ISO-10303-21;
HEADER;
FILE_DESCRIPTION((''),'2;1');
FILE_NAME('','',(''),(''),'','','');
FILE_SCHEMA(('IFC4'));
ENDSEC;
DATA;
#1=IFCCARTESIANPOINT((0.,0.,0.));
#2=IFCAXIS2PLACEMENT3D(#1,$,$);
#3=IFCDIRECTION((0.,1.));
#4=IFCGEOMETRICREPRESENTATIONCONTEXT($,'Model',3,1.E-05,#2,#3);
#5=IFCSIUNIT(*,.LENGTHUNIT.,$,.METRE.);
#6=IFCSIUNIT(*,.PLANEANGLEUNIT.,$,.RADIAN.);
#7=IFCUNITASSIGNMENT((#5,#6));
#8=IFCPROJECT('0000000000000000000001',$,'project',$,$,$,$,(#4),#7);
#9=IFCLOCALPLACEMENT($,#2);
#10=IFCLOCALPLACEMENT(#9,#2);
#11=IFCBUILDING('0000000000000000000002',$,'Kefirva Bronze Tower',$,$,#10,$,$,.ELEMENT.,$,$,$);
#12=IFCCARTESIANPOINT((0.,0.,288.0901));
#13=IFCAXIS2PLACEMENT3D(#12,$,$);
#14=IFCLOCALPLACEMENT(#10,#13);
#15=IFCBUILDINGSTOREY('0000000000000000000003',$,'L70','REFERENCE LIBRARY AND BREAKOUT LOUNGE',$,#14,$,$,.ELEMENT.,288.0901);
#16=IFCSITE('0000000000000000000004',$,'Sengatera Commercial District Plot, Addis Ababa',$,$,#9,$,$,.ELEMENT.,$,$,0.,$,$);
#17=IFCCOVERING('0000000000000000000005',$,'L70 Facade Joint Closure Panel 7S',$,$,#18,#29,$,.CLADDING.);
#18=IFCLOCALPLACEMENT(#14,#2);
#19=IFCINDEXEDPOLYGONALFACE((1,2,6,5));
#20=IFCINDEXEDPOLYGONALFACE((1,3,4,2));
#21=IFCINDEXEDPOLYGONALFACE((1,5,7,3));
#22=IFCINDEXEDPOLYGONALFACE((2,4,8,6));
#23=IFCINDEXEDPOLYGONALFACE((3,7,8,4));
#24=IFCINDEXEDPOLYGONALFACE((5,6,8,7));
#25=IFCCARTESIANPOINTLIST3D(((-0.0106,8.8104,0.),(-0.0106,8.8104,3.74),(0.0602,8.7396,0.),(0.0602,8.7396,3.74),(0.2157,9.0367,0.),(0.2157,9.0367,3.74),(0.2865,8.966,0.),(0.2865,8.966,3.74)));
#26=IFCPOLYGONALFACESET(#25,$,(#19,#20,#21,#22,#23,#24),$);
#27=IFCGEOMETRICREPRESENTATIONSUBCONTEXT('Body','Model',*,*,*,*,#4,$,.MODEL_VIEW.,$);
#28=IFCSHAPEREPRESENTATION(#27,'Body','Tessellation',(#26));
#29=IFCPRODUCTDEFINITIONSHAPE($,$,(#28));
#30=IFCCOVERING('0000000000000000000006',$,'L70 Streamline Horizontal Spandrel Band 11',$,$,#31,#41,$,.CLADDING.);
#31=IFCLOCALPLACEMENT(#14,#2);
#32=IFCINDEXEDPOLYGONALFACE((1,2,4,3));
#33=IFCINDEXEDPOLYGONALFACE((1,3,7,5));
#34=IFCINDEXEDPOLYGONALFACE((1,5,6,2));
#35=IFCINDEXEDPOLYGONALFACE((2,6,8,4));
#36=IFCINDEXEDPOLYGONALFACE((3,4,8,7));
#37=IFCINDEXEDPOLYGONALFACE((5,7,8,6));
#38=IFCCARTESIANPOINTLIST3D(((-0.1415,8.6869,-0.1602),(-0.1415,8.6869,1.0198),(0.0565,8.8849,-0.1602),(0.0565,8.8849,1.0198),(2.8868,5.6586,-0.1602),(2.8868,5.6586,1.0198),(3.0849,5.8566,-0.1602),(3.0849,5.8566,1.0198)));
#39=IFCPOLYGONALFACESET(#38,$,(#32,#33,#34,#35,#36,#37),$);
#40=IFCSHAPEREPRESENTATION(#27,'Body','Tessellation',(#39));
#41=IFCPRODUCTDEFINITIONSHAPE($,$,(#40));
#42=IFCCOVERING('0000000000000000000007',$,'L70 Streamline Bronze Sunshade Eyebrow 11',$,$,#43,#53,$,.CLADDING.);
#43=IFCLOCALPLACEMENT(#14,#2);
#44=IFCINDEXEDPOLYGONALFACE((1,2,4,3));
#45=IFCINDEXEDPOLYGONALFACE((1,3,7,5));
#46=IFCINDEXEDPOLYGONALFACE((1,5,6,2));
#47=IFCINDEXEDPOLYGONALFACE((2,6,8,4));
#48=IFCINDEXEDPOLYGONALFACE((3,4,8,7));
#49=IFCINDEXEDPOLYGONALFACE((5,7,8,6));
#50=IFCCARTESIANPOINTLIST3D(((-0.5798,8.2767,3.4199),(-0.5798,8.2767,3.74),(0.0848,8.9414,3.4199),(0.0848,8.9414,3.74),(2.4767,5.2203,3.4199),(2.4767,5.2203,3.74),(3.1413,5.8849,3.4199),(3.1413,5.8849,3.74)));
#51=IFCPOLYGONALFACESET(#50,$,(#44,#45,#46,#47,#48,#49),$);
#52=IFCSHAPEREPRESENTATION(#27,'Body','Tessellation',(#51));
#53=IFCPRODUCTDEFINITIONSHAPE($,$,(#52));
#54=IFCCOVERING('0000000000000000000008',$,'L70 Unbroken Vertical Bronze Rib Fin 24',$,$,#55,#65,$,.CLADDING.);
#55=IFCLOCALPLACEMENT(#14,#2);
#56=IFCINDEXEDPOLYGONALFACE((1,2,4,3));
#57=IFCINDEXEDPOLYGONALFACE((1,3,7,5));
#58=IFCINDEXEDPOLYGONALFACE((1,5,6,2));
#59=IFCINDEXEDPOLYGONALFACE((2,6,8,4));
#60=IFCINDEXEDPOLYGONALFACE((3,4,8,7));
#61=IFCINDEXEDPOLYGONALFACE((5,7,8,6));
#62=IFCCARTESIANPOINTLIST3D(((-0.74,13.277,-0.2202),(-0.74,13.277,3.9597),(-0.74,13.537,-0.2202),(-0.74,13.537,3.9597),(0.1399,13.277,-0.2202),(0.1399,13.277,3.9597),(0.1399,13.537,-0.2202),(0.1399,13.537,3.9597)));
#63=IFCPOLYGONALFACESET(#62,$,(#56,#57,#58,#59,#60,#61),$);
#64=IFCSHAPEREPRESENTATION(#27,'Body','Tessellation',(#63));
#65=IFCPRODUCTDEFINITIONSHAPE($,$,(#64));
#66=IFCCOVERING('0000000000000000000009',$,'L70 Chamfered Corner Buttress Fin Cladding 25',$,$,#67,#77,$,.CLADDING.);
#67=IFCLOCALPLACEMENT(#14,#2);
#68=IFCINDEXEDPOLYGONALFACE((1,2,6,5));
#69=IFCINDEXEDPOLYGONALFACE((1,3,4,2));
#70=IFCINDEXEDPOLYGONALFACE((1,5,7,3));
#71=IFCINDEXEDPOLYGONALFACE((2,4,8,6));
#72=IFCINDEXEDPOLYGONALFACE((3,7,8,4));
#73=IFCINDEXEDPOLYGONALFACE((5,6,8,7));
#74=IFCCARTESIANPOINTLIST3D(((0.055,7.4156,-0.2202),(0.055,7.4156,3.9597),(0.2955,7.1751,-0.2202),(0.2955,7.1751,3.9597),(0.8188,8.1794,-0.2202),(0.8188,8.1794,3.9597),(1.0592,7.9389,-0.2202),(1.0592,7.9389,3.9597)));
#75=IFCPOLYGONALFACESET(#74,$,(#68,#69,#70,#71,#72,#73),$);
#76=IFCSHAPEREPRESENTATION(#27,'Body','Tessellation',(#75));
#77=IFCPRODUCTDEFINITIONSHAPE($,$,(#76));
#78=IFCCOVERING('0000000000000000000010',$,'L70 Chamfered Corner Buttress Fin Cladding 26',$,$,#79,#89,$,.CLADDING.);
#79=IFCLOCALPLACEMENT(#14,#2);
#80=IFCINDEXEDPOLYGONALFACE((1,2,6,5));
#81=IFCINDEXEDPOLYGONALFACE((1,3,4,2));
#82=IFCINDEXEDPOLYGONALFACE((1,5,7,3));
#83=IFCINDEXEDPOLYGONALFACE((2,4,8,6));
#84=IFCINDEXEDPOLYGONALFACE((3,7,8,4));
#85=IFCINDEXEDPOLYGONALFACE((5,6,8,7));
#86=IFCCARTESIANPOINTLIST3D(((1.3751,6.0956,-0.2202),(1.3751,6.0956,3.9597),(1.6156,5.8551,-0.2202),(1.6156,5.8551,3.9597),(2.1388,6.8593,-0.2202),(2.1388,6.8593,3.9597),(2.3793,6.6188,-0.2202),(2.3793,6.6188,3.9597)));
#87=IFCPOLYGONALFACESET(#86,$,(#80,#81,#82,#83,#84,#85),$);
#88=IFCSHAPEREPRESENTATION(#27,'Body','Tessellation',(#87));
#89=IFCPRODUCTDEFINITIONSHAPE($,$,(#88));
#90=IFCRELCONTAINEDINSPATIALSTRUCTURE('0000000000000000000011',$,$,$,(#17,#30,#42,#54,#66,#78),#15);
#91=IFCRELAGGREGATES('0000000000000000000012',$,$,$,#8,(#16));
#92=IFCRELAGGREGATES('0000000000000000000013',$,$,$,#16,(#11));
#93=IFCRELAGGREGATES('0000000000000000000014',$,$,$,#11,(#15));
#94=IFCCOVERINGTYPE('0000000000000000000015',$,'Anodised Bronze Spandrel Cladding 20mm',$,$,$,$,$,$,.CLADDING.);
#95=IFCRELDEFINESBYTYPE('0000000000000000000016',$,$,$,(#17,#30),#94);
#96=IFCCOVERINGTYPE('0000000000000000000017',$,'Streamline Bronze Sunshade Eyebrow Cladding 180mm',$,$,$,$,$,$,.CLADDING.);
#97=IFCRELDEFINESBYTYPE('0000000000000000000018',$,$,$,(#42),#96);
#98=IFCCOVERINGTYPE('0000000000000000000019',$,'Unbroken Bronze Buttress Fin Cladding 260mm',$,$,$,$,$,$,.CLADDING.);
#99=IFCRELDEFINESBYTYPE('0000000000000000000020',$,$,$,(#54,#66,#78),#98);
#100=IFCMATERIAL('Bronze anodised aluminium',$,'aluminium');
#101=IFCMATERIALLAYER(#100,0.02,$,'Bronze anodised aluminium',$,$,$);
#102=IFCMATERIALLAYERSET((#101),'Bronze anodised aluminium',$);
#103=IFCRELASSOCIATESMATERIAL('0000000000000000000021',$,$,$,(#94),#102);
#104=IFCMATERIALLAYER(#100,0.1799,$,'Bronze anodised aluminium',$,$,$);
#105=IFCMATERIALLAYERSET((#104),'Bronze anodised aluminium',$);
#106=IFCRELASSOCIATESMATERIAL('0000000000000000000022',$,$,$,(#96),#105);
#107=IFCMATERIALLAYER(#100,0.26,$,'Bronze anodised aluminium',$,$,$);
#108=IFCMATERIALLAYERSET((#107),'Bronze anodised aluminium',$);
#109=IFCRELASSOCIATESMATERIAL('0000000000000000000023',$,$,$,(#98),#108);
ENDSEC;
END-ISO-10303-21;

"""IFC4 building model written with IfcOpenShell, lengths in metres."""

from ifc_helpers import new_model, si_unit, direction, frame, origin, origin_2d, place, context, subcontext, project, spatial, rectangle, extrude, material, layer, layer_set, type_object, element, save


model = new_model("IFC4")

# Units and contexts
model_context = context("Model", 3, precision=1e-05, world=origin(), true_north=direction((0.0, 1.0)))
body_context = subcontext(model_context, "Body", "Model", "MODEL_VIEW")
ifc_project = project(units=[si_unit("LENGTHUNIT", "METRE"), si_unit("PLANEANGLEUNIT", "RADIAN")], contexts=[model_context])

# Site, building, storey
site_placement = place(None, origin())
site = spatial("IfcSite", under=ifc_project, at=site_placement, Name="Sengatera Commercial District Plot, Addis Ababa", CompositionType="ELEMENT", RefElevation=0.0)
building_placement = place(site_placement, origin())
building = spatial("IfcBuilding", under=site, at=building_placement, Name="Kefirva Bronze Tower", CompositionType="ELEMENT")
storey_placement = place(building_placement, frame((0.0, 0.0, 288.0901)))
storey = spatial("IfcBuildingStorey", under=building, at=storey_placement, Name="L70", Description="REFERENCE LIBRARY AND BREAKOUT LOUNGE", CompositionType="ELEMENT", Elevation=288.0901)

# Shared definitions
ifc_material_1 = material(Name="Bronze anodised aluminium", Category="aluminium")

# Coverings
ifc_layer_1 = layer(ifc_material_1, 0.02, Name="Bronze anodised aluminium")
ifc_layer_set_1 = layer_set([ifc_layer_1], Name="Bronze anodised aluminium")
covering_type_1 = type_object("IfcCoveringType", Name="Anodised Bronze Spandrel Cladding 20mm", PredefinedType="CLADDING", material=ifc_layer_set_1)
covering_1_placement = place(storey_placement, frame((0.1379, 8.8882, 0.0), z_axis=(0.0, 0.0, 1.0), x_axis=(0.707107, -0.707107, 0.0)))
element("IfcCovering", 1, at=covering_1_placement, inside=storey, type_object=covering_type_1, Name="L70 Facade Joint Closure Panel 7S", PredefinedType="CLADDING", context=body_context, shape_type="SweptSolid", body=[
    extrude(rectangle(XDim=0.1001, YDim=0.3201, at=origin_2d()), origin(), (0.0, 0.0, 1.0), 3.74),
])
covering_2_placement = place(storey_placement, frame((1.4717, 7.2717, -0.1602), z_axis=(0.0, 0.0, 1.0), x_axis=(0.707107, -0.707107, 0.0)))
element("IfcCovering", 2, at=covering_2_placement, inside=storey, type_object=covering_type_1, Name="L70 Streamline Horizontal Spandrel Band 11", PredefinedType="CLADDING", context=body_context, shape_type="SweptSolid", body=[
    extrude(rectangle(XDim=4.2827, YDim=0.28, at=origin_2d()), origin(), (0.0, 0.0, 1.0), 1.1799),
])
ifc_layer_2 = layer(ifc_material_1, 0.1799, Name="Bronze anodised aluminium")
ifc_layer_set_2 = layer_set([ifc_layer_2], Name="Bronze anodised aluminium")
covering_type_2 = type_object("IfcCoveringType", Name="Streamline Bronze Sunshade Eyebrow Cladding 180mm", PredefinedType="CLADDING", material=ifc_layer_set_2)
covering_3_placement = place(storey_placement, frame((1.2808, 7.0808, 3.4199), z_axis=(0.0, 0.0, 1.0), x_axis=(0.707107, -0.707107, 0.0)))
element("IfcCovering", 3, at=covering_3_placement, inside=storey, type_object=covering_type_2, Name="L70 Streamline Bronze Sunshade Eyebrow 11", PredefinedType="CLADDING", context=body_context, shape_type="SweptSolid", body=[
    extrude(rectangle(XDim=4.3225, YDim=0.9399, at=origin_2d()), origin(), (0.0, 0.0, 1.0), 0.3201),
])
ifc_layer_3 = layer(ifc_material_1, 0.26, Name="Bronze anodised aluminium")
ifc_layer_set_3 = layer_set([ifc_layer_3], Name="Bronze anodised aluminium")
covering_type_3 = type_object("IfcCoveringType", Name="Unbroken Bronze Buttress Fin Cladding 260mm", PredefinedType="CLADDING", material=ifc_layer_set_3)
covering_4_placement = place(storey_placement, frame((-0.3, 13.407, -0.2202), z_axis=(0.0, 0.0, 1.0), x_axis=(0.0, -1.0, 0.0)))
element("IfcCovering", 4, at=covering_4_placement, inside=storey, type_object=covering_type_3, Name="L70 Unbroken Vertical Bronze Rib Fin 24", PredefinedType="CLADDING", context=body_context, shape_type="SweptSolid", body=[
    extrude(rectangle(XDim=0.26, YDim=0.8799, at=origin_2d()), origin(), (0.0, 0.0, 1.0), 4.1799),
])
for number, where, z_axis, x_axis, name in (
    (5, (0.5571, 7.6772, -0.2202), (0.0, 0.0, 1.0), (0.707107, -0.707107, 0.0), "L70 Chamfered Corner Buttress Fin Cladding 25"),
    (6, (1.8772, 6.3572, -0.2202), (0.0, 0.0, 1.0), (0.707107, -0.707107, 0.0), "L70 Chamfered Corner Buttress Fin Cladding 26"),
):
    element("IfcCovering", number, at=place(storey_placement, frame(where, z_axis=z_axis, x_axis=x_axis)), inside=storey, type_object=covering_type_3, Name=name, PredefinedType="CLADDING", context=body_context, shape_type="SweptSolid", body=[
        extrude(rectangle(XDim=0.3401, YDim=1.0801, at=origin_2d()), origin(), (0.0, 0.0, 1.0), 4.1799),
    ])

save(model, "model.ifc")
